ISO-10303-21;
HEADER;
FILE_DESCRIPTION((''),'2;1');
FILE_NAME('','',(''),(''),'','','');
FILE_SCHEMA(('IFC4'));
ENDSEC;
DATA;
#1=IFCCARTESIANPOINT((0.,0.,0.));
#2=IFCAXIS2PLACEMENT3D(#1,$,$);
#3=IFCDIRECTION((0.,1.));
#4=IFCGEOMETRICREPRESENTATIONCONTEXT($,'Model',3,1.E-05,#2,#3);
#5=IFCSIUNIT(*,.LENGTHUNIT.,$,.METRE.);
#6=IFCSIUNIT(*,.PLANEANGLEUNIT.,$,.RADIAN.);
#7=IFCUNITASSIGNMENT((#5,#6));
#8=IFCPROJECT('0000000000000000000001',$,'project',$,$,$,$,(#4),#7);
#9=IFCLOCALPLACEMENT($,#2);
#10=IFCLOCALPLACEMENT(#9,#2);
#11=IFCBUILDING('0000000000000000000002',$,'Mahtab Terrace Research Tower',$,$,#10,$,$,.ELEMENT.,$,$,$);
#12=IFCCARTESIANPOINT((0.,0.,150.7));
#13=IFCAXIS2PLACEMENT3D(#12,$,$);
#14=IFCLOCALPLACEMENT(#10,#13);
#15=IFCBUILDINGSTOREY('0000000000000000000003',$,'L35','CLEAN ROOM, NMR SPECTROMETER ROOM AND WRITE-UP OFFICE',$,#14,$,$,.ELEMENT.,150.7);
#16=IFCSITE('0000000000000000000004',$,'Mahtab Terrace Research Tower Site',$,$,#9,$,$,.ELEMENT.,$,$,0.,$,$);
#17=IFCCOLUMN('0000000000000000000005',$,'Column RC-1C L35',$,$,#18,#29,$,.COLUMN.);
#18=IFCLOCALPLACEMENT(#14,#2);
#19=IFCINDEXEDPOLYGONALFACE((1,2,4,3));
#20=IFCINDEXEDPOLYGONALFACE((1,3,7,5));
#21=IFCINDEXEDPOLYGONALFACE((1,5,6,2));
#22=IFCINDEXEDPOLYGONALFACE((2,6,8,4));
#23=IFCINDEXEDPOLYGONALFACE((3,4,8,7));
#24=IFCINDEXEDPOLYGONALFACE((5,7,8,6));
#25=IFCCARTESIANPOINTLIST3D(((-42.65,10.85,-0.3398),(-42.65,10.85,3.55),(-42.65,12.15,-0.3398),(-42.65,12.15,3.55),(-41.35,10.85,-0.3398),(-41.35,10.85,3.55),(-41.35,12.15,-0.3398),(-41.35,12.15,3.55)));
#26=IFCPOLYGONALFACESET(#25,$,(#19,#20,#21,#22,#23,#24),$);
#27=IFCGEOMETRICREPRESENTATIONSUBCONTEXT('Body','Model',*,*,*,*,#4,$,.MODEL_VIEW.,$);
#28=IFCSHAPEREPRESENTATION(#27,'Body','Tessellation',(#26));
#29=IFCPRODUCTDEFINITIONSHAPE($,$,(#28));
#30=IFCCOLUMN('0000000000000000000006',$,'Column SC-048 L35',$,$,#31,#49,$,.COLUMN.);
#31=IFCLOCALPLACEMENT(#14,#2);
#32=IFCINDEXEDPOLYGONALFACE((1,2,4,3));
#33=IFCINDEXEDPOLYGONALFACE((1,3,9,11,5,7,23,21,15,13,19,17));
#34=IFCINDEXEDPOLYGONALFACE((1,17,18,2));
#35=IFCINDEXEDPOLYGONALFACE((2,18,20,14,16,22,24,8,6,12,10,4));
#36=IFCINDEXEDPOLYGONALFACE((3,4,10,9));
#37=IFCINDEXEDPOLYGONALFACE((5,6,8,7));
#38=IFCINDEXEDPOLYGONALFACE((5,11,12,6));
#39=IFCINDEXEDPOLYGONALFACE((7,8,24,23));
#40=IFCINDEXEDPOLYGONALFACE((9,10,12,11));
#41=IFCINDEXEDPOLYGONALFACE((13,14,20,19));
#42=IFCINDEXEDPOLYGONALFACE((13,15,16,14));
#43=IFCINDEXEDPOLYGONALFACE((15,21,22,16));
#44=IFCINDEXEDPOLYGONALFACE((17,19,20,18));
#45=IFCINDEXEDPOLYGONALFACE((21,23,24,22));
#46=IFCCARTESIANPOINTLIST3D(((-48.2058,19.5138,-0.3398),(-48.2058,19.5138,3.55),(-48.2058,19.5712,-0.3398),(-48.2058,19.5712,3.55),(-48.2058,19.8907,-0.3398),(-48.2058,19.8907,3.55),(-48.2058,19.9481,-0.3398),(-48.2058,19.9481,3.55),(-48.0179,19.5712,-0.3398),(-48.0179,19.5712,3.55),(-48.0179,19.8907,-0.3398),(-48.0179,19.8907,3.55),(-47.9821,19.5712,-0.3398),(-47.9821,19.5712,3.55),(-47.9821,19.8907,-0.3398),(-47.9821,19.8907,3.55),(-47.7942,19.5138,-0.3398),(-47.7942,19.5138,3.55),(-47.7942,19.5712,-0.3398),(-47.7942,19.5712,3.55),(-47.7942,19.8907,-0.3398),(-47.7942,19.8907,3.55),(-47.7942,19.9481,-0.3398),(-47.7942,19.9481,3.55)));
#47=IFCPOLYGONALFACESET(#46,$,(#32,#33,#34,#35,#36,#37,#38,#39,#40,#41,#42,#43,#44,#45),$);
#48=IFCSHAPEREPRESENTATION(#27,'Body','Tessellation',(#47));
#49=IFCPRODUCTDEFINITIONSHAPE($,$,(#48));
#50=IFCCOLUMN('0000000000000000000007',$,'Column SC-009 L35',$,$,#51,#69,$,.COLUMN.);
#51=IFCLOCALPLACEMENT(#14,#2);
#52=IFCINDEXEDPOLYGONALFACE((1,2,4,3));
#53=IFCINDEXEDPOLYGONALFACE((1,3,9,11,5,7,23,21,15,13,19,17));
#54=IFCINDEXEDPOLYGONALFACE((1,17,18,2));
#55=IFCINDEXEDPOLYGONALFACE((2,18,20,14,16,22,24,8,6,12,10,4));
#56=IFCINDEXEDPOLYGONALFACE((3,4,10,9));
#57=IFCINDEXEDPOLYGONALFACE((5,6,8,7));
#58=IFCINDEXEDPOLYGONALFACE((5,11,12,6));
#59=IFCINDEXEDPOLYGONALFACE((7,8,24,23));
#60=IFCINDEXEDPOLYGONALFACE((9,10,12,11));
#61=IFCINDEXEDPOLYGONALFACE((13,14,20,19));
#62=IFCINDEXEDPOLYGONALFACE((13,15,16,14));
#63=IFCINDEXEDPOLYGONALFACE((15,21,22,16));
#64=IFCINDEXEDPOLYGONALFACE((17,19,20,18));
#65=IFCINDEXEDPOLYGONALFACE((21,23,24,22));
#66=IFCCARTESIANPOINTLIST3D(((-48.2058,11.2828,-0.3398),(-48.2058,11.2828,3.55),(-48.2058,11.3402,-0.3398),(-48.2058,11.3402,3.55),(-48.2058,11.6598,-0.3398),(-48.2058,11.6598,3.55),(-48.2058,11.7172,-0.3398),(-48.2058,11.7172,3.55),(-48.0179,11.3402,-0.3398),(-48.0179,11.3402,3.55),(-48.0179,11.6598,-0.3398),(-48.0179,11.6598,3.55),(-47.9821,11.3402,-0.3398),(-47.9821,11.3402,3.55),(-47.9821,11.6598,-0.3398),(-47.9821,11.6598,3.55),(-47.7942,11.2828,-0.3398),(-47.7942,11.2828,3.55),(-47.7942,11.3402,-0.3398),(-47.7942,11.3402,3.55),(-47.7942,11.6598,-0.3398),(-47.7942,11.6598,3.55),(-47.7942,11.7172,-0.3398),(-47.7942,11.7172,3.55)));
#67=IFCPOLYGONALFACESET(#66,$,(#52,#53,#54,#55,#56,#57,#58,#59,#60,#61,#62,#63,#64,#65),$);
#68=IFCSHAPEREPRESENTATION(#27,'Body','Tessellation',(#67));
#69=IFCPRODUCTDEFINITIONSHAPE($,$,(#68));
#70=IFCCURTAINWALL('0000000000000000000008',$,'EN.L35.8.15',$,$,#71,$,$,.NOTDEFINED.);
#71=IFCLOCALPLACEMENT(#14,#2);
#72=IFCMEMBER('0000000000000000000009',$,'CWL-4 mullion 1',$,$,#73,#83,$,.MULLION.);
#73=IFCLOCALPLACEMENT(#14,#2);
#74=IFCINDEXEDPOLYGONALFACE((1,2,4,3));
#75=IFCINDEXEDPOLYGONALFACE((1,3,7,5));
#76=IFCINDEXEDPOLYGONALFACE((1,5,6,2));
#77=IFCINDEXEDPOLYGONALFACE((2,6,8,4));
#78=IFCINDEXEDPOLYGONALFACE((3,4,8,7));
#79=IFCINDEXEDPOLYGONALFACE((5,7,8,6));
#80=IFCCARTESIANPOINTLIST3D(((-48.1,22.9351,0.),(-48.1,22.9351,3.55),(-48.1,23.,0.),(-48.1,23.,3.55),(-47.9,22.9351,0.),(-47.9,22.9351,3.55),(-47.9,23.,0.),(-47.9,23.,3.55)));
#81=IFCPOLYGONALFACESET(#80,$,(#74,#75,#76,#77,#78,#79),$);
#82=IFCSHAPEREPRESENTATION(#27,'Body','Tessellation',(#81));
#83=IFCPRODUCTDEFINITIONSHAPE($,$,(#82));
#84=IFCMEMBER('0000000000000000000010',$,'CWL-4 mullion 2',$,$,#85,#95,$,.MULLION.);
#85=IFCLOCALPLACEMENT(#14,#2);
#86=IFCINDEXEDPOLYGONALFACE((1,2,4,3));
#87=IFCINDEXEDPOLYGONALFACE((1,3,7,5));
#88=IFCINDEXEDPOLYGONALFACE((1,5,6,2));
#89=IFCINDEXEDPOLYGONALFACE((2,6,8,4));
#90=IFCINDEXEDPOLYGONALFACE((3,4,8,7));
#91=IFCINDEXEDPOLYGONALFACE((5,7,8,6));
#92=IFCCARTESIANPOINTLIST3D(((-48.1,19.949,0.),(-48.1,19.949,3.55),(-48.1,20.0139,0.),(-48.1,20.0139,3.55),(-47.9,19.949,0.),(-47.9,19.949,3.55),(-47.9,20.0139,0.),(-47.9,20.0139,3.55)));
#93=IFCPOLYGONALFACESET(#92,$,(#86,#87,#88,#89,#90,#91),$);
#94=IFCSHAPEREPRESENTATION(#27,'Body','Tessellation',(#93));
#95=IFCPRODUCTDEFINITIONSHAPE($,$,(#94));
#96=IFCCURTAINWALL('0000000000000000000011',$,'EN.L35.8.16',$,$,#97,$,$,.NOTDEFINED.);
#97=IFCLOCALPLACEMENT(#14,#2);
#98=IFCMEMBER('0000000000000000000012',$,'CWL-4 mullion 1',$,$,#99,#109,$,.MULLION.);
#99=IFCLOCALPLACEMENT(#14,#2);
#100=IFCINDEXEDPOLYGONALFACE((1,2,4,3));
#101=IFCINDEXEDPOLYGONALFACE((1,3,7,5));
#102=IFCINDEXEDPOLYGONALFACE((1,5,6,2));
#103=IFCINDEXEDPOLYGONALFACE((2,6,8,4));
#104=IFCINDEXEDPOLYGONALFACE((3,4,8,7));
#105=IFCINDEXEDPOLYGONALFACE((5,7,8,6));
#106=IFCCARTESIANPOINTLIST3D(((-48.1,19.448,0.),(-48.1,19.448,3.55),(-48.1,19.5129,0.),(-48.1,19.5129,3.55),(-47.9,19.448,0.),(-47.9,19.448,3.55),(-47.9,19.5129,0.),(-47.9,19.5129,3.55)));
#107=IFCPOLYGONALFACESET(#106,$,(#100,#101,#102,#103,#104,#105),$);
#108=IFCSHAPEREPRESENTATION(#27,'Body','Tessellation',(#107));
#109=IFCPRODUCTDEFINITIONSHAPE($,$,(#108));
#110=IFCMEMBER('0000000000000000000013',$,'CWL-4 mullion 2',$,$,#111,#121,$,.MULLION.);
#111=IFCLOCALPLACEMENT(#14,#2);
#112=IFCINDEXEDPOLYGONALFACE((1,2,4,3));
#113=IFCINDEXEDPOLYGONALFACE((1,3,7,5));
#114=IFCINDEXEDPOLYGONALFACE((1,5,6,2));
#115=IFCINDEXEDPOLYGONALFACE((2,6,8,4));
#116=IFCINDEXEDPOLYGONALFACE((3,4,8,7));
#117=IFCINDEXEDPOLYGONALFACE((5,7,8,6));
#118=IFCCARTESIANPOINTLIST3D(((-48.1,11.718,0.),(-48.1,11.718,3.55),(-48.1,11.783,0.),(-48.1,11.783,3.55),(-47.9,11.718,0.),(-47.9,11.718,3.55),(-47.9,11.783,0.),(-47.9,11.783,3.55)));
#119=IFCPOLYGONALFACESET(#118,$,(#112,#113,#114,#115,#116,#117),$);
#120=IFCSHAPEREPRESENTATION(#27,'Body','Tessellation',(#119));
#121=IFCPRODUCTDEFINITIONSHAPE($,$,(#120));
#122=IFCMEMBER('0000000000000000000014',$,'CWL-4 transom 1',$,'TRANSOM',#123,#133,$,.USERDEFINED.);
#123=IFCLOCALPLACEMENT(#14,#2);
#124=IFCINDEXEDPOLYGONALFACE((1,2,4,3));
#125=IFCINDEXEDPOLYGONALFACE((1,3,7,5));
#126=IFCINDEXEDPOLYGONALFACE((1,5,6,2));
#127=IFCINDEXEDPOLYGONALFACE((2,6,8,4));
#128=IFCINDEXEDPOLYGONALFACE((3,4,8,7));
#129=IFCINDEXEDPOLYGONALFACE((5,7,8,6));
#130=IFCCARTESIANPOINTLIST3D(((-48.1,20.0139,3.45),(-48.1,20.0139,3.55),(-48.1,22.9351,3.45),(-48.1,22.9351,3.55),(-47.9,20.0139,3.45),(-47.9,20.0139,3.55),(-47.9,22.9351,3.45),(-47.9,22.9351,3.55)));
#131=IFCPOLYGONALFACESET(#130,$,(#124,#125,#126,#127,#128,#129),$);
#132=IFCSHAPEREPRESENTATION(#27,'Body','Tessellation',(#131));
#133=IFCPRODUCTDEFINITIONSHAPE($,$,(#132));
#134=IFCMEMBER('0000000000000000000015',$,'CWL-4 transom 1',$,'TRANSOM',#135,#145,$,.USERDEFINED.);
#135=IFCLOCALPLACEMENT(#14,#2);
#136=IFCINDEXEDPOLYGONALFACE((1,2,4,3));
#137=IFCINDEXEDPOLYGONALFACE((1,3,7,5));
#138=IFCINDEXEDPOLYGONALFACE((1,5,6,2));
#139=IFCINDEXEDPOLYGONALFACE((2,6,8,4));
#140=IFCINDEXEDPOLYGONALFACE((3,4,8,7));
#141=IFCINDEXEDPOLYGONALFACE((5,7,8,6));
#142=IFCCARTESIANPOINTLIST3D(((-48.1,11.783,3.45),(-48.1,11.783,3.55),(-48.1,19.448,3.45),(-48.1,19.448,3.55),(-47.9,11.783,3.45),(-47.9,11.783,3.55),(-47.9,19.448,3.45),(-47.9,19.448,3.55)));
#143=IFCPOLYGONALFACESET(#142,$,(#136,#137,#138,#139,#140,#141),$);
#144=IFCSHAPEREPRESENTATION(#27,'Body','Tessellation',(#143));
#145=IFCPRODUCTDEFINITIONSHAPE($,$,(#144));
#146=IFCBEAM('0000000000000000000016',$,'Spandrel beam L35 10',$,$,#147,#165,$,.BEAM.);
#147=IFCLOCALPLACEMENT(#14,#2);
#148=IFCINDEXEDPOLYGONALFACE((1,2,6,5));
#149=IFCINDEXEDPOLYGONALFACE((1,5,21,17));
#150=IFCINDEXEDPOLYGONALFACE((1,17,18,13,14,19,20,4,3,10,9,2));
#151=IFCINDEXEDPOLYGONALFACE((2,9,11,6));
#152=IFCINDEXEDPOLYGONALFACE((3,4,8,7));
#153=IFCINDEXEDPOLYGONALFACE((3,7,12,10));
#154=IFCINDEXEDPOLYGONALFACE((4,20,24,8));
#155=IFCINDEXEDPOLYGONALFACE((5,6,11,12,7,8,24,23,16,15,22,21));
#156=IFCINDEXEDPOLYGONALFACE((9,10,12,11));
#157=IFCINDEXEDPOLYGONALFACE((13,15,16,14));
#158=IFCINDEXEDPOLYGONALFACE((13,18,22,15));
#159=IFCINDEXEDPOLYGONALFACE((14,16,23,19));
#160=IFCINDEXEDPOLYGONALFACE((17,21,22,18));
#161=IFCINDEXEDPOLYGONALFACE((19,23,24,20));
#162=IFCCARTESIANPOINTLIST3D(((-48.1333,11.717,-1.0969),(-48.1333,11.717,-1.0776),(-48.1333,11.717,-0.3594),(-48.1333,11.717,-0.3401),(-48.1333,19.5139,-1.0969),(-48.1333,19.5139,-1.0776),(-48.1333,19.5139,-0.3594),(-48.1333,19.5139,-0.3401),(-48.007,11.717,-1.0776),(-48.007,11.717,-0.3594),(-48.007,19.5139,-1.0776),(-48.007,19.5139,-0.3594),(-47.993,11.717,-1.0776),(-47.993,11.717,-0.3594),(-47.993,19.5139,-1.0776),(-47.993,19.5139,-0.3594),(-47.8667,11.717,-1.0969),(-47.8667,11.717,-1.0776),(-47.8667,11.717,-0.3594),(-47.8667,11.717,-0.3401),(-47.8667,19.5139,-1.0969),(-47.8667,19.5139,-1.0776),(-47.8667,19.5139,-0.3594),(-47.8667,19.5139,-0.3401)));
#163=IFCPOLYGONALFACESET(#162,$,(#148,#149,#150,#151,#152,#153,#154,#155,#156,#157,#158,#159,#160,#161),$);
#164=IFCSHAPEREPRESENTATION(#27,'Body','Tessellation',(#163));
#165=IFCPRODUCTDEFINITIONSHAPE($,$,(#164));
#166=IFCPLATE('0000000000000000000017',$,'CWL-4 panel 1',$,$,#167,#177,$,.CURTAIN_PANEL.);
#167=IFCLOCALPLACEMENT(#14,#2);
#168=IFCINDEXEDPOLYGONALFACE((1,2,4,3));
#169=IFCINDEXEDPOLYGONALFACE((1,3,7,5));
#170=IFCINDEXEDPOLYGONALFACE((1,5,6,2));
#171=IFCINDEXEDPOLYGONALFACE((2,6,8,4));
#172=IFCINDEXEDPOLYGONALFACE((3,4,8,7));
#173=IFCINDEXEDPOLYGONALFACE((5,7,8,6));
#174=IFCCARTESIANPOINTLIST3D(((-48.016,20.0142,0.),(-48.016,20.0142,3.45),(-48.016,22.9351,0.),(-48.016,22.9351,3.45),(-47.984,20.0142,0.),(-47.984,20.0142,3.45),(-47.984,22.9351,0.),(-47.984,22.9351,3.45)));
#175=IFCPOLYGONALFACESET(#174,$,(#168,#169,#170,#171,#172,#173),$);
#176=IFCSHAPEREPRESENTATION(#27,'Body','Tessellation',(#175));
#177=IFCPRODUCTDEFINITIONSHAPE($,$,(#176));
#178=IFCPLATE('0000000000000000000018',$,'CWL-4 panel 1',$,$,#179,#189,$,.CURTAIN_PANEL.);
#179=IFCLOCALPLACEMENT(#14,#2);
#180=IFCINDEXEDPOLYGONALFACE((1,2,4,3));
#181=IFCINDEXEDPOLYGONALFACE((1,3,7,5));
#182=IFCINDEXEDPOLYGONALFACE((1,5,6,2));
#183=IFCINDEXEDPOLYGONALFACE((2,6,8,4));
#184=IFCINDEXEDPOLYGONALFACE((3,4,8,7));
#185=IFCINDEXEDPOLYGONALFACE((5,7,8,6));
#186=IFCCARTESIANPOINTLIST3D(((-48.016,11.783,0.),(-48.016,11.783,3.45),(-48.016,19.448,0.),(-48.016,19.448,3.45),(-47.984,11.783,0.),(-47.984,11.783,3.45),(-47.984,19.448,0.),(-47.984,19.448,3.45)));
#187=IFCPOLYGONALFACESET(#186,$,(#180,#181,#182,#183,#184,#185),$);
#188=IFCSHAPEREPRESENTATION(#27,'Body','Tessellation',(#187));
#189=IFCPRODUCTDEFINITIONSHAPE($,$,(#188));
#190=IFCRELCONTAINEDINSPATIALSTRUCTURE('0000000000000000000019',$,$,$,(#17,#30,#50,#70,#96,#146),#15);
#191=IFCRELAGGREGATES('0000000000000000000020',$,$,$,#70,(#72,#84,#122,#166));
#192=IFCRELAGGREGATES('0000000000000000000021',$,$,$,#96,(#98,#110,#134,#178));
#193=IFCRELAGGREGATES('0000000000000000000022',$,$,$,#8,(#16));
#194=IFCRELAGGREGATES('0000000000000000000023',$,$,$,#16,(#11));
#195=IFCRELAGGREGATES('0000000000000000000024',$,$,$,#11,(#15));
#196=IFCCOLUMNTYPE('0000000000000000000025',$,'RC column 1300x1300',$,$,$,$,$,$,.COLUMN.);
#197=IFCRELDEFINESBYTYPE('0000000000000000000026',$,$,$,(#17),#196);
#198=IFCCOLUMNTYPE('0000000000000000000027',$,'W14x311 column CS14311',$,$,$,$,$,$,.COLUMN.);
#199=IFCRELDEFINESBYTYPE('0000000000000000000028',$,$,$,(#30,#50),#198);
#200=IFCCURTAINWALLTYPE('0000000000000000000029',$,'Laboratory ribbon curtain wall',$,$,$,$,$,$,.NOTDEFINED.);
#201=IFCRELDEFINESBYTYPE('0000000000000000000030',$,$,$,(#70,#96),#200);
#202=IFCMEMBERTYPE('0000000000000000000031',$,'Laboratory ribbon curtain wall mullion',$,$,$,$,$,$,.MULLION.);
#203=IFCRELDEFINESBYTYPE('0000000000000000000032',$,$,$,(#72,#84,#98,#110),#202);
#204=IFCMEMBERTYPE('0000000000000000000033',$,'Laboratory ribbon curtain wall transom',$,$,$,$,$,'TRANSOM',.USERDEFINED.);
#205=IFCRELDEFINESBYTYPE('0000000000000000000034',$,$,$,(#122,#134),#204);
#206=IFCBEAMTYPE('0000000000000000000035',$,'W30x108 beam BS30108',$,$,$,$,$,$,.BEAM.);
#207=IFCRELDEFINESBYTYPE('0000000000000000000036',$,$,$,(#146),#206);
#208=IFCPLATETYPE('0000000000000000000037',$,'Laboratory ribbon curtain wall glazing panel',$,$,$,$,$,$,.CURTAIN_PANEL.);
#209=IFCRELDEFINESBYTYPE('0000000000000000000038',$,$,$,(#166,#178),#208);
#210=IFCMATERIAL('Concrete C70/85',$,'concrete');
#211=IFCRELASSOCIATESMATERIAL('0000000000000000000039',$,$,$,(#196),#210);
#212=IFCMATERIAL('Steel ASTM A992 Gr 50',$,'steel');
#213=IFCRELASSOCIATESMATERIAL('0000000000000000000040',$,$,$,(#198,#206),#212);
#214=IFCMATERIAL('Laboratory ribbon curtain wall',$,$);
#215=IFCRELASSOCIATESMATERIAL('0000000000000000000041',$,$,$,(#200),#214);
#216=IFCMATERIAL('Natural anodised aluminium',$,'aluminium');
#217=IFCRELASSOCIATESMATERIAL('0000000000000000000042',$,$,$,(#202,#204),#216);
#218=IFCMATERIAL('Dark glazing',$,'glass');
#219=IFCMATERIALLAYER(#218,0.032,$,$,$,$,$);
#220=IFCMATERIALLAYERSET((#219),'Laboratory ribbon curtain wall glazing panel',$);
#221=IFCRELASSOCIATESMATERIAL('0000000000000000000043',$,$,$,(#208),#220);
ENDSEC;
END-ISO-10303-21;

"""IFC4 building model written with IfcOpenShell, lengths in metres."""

from ifc_helpers import new_model, si_unit, direction, frame, origin, origin_2d, place, context, subcontext, project, spatial, rectangle, i_section, extrude, material, layer, layer_set, material_profile, profile_set, type_object, element, aggregate, save


model = new_model("IFC4")

# Units and contexts
model_context = context("Model", 3, precision=1e-05, world=origin(), true_north=direction((0.0, 1.0)))
body_context = subcontext(model_context, "Body", "Model", "MODEL_VIEW")
ifc_project = project(units=[si_unit("LENGTHUNIT", "METRE"), si_unit("PLANEANGLEUNIT", "RADIAN")], contexts=[model_context])

# Site, building, storey
site_placement = place(None, origin())
site = spatial("IfcSite", under=ifc_project, at=site_placement, Name="Mahtab Terrace Research Tower Site", CompositionType="ELEMENT", RefElevation=0.0)
building_placement = place(site_placement, origin())
building = spatial("IfcBuilding", under=site, at=building_placement, Name="Mahtab Terrace Research Tower", CompositionType="ELEMENT")
storey_placement = place(building_placement, frame((0.0, 0.0, 150.7)))
storey = spatial("IfcBuildingStorey", under=building, at=storey_placement, Name="L35", Description="CLEAN ROOM, NMR SPECTROMETER ROOM AND WRITE-UP OFFICE", CompositionType="ELEMENT", Elevation=150.7)

# Columns
ifc_material_1 = material(Name="Concrete C70/85", Category="concrete")
ifc_material_profile_1 = material_profile(ifc_material_1, rectangle(XDim=1.3, YDim=1.3, at=origin_2d()), Name="RC column 1300x1300")
ifc_profile_set_1 = profile_set([ifc_material_profile_1], Name="Concrete C70/85")
column_type_1 = type_object("IfcColumnType", Name="RC column 1300x1300", PredefinedType="COLUMN", material=ifc_profile_set_1)
column_placement = place(storey_placement, frame((-42.0, 11.5, -0.3398), z_axis=(0.0, 0.0, 1.0), x_axis=(1.0, 0.0, 0.0)))
element("IfcColumn", 1, at=column_placement, inside=storey, type_object=column_type_1, Name="Column RC-1C L35", PredefinedType="COLUMN", context=body_context, shape_type="SweptSolid", body=[
    extrude(rectangle(XDim=1.3, YDim=1.3, at=origin_2d()), origin(), (0.0, 0.0, 1.0), 3.8899),
])
ifc_material_2 = material(Name="Steel ASTM A992 Gr 50", Category="steel")
ifc_material_profile_2 = material_profile(ifc_material_2, i_section(OverallWidth=0.4116, OverallDepth=0.4343, WebThickness=0.0359, FlangeThickness=0.0574, at=origin_2d()), Name="W14X311")
ifc_profile_set_2 = profile_set([ifc_material_profile_2], Name="Steel ASTM A992 Gr 50")
column_type_2 = type_object("IfcColumnType", Name="W14x311 column CS14311", PredefinedType="COLUMN", material=ifc_profile_set_2)
for number, where, z_axis, x_axis, name in (
    (2, (-48.0, 19.731, -0.3398), (0.0, 0.0, 1.0), (1.0, 0.0, 0.0), "Column SC-048 L35"),
    (3, (-48.0, 11.5, -0.3398), (0.0, 0.0, 1.0), (1.0, 0.0, 0.0), "Column SC-009 L35"),
):
    element("IfcColumn", number, at=place(storey_placement, frame(where, z_axis=z_axis, x_axis=x_axis)), inside=storey, type_object=column_type_2, Name=name, PredefinedType="COLUMN", context=body_context, shape_type="SweptSolid", body=[
        extrude(i_section(OverallWidth=0.4116, OverallDepth=0.4343, WebThickness=0.0359, FlangeThickness=0.0574, at=origin_2d()), origin(), (0.0, 0.0, 1.0), 3.8899),
    ])

# Curtain walls, members
ifc_material_3 = material(Name="Laboratory ribbon curtain wall")
curtain_wall_type = type_object("IfcCurtainWallType", Name="Laboratory ribbon curtain wall", PredefinedType="NOTDEFINED", material=ifc_material_3)
curtain_wall_1_placement = place(storey_placement, origin())
curtain_wall_1 = element("IfcCurtainWall", 4, at=curtain_wall_1_placement, inside=storey, type_object=curtain_wall_type, Name="EN.L35.8.15", PredefinedType="NOTDEFINED")
ifc_material_4 = material(Name="Natural anodised aluminium", Category="aluminium")
ifc_material_profile_3 = material_profile(ifc_material_4, rectangle(XDim=0.2, YDim=0.0649, at=origin_2d()), Name="MULLION 65x200")
ifc_profile_set_3 = profile_set([ifc_material_profile_3], Name="Natural anodised aluminium")
member_type_1 = type_object("IfcMemberType", Name="Laboratory ribbon curtain wall mullion", PredefinedType="MULLION", material=ifc_profile_set_3)
member_1_placement = place(storey_placement, frame((-48.0, 22.9675, 0.0), z_axis=(0.0, 0.0, 1.0), x_axis=(1.0, 0.0, 0.0)))
member_1 = element("IfcMember", 5, at=member_1_placement, type_object=member_type_1, Name="CWL-4 mullion 1", PredefinedType="MULLION", context=body_context, shape_type="SweptSolid", body=[
    extrude(rectangle(XDim=0.2, YDim=0.0649, at=origin_2d()), origin(), (0.0, 0.0, 1.0), 3.55),
])
member_2_placement = place(storey_placement, frame((-48.0, 19.9814, 0.0), z_axis=(0.0, 0.0, 1.0), x_axis=(1.0, 0.0, 0.0)))
member_2 = element("IfcMember", 6, at=member_2_placement, type_object=member_type_1, Name="CWL-4 mullion 2", PredefinedType="MULLION", context=body_context, shape_type="SweptSolid", body=[
    extrude(rectangle(XDim=0.2, YDim=0.0649, at=origin_2d()), origin(), (0.0, 0.0, 1.0), 3.55),
])
curtain_wall_2_placement = place(storey_placement, origin())
curtain_wall_2 = element("IfcCurtainWall", 7, at=curtain_wall_2_placement, inside=storey, type_object=curtain_wall_type, Name="EN.L35.8.16", PredefinedType="NOTDEFINED")
member_3_placement = place(storey_placement, frame((-48.0, 19.4805, 0.0), z_axis=(0.0, 0.0, 1.0), x_axis=(1.0, 0.0, 0.0)))
member_3 = element("IfcMember", 8, at=member_3_placement, type_object=member_type_1, Name="CWL-4 mullion 1", PredefinedType="MULLION", context=body_context, shape_type="SweptSolid", body=[
    extrude(rectangle(XDim=0.2, YDim=0.0649, at=origin_2d()), origin(), (0.0, 0.0, 1.0), 3.55),
])
member_4_placement = place(storey_placement, frame((-48.0, 11.7505, 0.0), z_axis=(0.0, 0.0, 1.0), x_axis=(1.0, 0.0, 0.0)))
member_4 = element("IfcMember", 9, at=member_4_placement, type_object=member_type_1, Name="CWL-4 mullion 2", PredefinedType="MULLION", context=body_context, shape_type="SweptSolid", body=[
    extrude(rectangle(XDim=0.2, YDim=0.0649, at=origin_2d()), origin(), (0.0, 0.0, 1.0), 3.55),
])

# Members
ifc_material_profile_4 = material_profile(ifc_material_4, rectangle(XDim=0.2, YDim=0.1001, at=origin_2d()), Name="TRANSOM 100x200")
ifc_profile_set_4 = profile_set([ifc_material_profile_4], Name="Natural anodised aluminium")
member_type_2 = type_object("IfcMemberType", Name="Laboratory ribbon curtain wall transom", ElementType="TRANSOM", PredefinedType="USERDEFINED", material=ifc_profile_set_4)
member_5_placement = place(storey_placement, frame((-48.0, 22.9351, 3.5), z_axis=(0.0, -1.0, 0.0), x_axis=(1.0, 0.0, 0.0)))
member_5 = element("IfcMember", 10, at=member_5_placement, type_object=member_type_2, Name="CWL-4 transom 1", ObjectType="TRANSOM", PredefinedType="USERDEFINED", context=body_context, shape_type="SweptSolid", body=[
    extrude(rectangle(XDim=0.2, YDim=0.1001, at=origin_2d()), origin(), (0.0, 0.0, 1.0), 2.9211),
])
member_6_placement = place(storey_placement, frame((-48.0, 19.448, 3.5), z_axis=(0.0, -1.0, 0.0), x_axis=(1.0, 0.0, 0.0)))
member_6 = element("IfcMember", 11, at=member_6_placement, type_object=member_type_2, Name="CWL-4 transom 1", ObjectType="TRANSOM", PredefinedType="USERDEFINED", context=body_context, shape_type="SweptSolid", body=[
    extrude(rectangle(XDim=0.2, YDim=0.1001, at=origin_2d()), origin(), (0.0, 0.0, 1.0), 7.665),
])

# Beam
ifc_material_profile_5 = material_profile(ifc_material_2, i_section(OverallWidth=0.2666, OverallDepth=0.7568, WebThickness=0.0139, FlangeThickness=0.0193, at=origin_2d()), Name="W30X108")
ifc_profile_set_5 = profile_set([ifc_material_profile_5], Name="Steel ASTM A992 Gr 50")
beam_type = type_object("IfcBeamType", Name="W30x108 beam BS30108", PredefinedType="BEAM", material=ifc_profile_set_5)
beam_placement = place(storey_placement, frame((-48.0, 19.5139, -0.7185), z_axis=(0.0, -1.0, 0.0), x_axis=(1.0, 0.0, 0.0)))
element("IfcBeam", 12, at=beam_placement, inside=storey, type_object=beam_type, Name="Spandrel beam L35 10", PredefinedType="BEAM", context=body_context, shape_type="SweptSolid", body=[
    extrude(i_section(OverallWidth=0.2666, OverallDepth=0.7568, WebThickness=0.0139, FlangeThickness=0.0193, at=origin_2d()), origin(), (0.0, 0.0, 1.0), 7.7969),
])

# Plates
ifc_material_5 = material(Name="Dark glazing", Category="glass")
ifc_layer_1 = layer(ifc_material_5, 0.032)
ifc_layer_set_1 = layer_set([ifc_layer_1], Name="Laboratory ribbon curtain wall glazing panel")
plate_type = type_object("IfcPlateType", Name="Laboratory ribbon curtain wall glazing panel", PredefinedType="CURTAIN_PANEL", material=ifc_layer_set_1)
plate_1_placement = place(storey_placement, frame((-48.0, 21.4746, 0.0), z_axis=(0.0, 0.0, 1.0), x_axis=(0.0, -1.0, 0.0)))
plate_1 = element("IfcPlate", 13, at=plate_1_placement, type_object=plate_type, Name="CWL-4 panel 1", PredefinedType="CURTAIN_PANEL", context=body_context, shape_type="SweptSolid", body=[
    extrude(rectangle(XDim=2.9209, YDim=0.032, at=origin_2d()), origin(), (0.0, 0.0, 1.0), 3.45),
])
aggregate(curtain_wall_1, [member_1, member_2, member_5, plate_1])
plate_2_placement = place(storey_placement, frame((-48.0, 15.6155, 0.0), z_axis=(0.0, 0.0, 1.0), x_axis=(0.0, -1.0, 0.0)))
plate_2 = element("IfcPlate", 14, at=plate_2_placement, type_object=plate_type, Name="CWL-4 panel 1", PredefinedType="CURTAIN_PANEL", context=body_context, shape_type="SweptSolid", body=[
    extrude(rectangle(XDim=7.665, YDim=0.032, at=origin_2d()), origin(), (0.0, 0.0, 1.0), 3.45),
])
aggregate(curtain_wall_2, [member_3, member_4, member_6, plate_2])

save(model, "model.ifc")
